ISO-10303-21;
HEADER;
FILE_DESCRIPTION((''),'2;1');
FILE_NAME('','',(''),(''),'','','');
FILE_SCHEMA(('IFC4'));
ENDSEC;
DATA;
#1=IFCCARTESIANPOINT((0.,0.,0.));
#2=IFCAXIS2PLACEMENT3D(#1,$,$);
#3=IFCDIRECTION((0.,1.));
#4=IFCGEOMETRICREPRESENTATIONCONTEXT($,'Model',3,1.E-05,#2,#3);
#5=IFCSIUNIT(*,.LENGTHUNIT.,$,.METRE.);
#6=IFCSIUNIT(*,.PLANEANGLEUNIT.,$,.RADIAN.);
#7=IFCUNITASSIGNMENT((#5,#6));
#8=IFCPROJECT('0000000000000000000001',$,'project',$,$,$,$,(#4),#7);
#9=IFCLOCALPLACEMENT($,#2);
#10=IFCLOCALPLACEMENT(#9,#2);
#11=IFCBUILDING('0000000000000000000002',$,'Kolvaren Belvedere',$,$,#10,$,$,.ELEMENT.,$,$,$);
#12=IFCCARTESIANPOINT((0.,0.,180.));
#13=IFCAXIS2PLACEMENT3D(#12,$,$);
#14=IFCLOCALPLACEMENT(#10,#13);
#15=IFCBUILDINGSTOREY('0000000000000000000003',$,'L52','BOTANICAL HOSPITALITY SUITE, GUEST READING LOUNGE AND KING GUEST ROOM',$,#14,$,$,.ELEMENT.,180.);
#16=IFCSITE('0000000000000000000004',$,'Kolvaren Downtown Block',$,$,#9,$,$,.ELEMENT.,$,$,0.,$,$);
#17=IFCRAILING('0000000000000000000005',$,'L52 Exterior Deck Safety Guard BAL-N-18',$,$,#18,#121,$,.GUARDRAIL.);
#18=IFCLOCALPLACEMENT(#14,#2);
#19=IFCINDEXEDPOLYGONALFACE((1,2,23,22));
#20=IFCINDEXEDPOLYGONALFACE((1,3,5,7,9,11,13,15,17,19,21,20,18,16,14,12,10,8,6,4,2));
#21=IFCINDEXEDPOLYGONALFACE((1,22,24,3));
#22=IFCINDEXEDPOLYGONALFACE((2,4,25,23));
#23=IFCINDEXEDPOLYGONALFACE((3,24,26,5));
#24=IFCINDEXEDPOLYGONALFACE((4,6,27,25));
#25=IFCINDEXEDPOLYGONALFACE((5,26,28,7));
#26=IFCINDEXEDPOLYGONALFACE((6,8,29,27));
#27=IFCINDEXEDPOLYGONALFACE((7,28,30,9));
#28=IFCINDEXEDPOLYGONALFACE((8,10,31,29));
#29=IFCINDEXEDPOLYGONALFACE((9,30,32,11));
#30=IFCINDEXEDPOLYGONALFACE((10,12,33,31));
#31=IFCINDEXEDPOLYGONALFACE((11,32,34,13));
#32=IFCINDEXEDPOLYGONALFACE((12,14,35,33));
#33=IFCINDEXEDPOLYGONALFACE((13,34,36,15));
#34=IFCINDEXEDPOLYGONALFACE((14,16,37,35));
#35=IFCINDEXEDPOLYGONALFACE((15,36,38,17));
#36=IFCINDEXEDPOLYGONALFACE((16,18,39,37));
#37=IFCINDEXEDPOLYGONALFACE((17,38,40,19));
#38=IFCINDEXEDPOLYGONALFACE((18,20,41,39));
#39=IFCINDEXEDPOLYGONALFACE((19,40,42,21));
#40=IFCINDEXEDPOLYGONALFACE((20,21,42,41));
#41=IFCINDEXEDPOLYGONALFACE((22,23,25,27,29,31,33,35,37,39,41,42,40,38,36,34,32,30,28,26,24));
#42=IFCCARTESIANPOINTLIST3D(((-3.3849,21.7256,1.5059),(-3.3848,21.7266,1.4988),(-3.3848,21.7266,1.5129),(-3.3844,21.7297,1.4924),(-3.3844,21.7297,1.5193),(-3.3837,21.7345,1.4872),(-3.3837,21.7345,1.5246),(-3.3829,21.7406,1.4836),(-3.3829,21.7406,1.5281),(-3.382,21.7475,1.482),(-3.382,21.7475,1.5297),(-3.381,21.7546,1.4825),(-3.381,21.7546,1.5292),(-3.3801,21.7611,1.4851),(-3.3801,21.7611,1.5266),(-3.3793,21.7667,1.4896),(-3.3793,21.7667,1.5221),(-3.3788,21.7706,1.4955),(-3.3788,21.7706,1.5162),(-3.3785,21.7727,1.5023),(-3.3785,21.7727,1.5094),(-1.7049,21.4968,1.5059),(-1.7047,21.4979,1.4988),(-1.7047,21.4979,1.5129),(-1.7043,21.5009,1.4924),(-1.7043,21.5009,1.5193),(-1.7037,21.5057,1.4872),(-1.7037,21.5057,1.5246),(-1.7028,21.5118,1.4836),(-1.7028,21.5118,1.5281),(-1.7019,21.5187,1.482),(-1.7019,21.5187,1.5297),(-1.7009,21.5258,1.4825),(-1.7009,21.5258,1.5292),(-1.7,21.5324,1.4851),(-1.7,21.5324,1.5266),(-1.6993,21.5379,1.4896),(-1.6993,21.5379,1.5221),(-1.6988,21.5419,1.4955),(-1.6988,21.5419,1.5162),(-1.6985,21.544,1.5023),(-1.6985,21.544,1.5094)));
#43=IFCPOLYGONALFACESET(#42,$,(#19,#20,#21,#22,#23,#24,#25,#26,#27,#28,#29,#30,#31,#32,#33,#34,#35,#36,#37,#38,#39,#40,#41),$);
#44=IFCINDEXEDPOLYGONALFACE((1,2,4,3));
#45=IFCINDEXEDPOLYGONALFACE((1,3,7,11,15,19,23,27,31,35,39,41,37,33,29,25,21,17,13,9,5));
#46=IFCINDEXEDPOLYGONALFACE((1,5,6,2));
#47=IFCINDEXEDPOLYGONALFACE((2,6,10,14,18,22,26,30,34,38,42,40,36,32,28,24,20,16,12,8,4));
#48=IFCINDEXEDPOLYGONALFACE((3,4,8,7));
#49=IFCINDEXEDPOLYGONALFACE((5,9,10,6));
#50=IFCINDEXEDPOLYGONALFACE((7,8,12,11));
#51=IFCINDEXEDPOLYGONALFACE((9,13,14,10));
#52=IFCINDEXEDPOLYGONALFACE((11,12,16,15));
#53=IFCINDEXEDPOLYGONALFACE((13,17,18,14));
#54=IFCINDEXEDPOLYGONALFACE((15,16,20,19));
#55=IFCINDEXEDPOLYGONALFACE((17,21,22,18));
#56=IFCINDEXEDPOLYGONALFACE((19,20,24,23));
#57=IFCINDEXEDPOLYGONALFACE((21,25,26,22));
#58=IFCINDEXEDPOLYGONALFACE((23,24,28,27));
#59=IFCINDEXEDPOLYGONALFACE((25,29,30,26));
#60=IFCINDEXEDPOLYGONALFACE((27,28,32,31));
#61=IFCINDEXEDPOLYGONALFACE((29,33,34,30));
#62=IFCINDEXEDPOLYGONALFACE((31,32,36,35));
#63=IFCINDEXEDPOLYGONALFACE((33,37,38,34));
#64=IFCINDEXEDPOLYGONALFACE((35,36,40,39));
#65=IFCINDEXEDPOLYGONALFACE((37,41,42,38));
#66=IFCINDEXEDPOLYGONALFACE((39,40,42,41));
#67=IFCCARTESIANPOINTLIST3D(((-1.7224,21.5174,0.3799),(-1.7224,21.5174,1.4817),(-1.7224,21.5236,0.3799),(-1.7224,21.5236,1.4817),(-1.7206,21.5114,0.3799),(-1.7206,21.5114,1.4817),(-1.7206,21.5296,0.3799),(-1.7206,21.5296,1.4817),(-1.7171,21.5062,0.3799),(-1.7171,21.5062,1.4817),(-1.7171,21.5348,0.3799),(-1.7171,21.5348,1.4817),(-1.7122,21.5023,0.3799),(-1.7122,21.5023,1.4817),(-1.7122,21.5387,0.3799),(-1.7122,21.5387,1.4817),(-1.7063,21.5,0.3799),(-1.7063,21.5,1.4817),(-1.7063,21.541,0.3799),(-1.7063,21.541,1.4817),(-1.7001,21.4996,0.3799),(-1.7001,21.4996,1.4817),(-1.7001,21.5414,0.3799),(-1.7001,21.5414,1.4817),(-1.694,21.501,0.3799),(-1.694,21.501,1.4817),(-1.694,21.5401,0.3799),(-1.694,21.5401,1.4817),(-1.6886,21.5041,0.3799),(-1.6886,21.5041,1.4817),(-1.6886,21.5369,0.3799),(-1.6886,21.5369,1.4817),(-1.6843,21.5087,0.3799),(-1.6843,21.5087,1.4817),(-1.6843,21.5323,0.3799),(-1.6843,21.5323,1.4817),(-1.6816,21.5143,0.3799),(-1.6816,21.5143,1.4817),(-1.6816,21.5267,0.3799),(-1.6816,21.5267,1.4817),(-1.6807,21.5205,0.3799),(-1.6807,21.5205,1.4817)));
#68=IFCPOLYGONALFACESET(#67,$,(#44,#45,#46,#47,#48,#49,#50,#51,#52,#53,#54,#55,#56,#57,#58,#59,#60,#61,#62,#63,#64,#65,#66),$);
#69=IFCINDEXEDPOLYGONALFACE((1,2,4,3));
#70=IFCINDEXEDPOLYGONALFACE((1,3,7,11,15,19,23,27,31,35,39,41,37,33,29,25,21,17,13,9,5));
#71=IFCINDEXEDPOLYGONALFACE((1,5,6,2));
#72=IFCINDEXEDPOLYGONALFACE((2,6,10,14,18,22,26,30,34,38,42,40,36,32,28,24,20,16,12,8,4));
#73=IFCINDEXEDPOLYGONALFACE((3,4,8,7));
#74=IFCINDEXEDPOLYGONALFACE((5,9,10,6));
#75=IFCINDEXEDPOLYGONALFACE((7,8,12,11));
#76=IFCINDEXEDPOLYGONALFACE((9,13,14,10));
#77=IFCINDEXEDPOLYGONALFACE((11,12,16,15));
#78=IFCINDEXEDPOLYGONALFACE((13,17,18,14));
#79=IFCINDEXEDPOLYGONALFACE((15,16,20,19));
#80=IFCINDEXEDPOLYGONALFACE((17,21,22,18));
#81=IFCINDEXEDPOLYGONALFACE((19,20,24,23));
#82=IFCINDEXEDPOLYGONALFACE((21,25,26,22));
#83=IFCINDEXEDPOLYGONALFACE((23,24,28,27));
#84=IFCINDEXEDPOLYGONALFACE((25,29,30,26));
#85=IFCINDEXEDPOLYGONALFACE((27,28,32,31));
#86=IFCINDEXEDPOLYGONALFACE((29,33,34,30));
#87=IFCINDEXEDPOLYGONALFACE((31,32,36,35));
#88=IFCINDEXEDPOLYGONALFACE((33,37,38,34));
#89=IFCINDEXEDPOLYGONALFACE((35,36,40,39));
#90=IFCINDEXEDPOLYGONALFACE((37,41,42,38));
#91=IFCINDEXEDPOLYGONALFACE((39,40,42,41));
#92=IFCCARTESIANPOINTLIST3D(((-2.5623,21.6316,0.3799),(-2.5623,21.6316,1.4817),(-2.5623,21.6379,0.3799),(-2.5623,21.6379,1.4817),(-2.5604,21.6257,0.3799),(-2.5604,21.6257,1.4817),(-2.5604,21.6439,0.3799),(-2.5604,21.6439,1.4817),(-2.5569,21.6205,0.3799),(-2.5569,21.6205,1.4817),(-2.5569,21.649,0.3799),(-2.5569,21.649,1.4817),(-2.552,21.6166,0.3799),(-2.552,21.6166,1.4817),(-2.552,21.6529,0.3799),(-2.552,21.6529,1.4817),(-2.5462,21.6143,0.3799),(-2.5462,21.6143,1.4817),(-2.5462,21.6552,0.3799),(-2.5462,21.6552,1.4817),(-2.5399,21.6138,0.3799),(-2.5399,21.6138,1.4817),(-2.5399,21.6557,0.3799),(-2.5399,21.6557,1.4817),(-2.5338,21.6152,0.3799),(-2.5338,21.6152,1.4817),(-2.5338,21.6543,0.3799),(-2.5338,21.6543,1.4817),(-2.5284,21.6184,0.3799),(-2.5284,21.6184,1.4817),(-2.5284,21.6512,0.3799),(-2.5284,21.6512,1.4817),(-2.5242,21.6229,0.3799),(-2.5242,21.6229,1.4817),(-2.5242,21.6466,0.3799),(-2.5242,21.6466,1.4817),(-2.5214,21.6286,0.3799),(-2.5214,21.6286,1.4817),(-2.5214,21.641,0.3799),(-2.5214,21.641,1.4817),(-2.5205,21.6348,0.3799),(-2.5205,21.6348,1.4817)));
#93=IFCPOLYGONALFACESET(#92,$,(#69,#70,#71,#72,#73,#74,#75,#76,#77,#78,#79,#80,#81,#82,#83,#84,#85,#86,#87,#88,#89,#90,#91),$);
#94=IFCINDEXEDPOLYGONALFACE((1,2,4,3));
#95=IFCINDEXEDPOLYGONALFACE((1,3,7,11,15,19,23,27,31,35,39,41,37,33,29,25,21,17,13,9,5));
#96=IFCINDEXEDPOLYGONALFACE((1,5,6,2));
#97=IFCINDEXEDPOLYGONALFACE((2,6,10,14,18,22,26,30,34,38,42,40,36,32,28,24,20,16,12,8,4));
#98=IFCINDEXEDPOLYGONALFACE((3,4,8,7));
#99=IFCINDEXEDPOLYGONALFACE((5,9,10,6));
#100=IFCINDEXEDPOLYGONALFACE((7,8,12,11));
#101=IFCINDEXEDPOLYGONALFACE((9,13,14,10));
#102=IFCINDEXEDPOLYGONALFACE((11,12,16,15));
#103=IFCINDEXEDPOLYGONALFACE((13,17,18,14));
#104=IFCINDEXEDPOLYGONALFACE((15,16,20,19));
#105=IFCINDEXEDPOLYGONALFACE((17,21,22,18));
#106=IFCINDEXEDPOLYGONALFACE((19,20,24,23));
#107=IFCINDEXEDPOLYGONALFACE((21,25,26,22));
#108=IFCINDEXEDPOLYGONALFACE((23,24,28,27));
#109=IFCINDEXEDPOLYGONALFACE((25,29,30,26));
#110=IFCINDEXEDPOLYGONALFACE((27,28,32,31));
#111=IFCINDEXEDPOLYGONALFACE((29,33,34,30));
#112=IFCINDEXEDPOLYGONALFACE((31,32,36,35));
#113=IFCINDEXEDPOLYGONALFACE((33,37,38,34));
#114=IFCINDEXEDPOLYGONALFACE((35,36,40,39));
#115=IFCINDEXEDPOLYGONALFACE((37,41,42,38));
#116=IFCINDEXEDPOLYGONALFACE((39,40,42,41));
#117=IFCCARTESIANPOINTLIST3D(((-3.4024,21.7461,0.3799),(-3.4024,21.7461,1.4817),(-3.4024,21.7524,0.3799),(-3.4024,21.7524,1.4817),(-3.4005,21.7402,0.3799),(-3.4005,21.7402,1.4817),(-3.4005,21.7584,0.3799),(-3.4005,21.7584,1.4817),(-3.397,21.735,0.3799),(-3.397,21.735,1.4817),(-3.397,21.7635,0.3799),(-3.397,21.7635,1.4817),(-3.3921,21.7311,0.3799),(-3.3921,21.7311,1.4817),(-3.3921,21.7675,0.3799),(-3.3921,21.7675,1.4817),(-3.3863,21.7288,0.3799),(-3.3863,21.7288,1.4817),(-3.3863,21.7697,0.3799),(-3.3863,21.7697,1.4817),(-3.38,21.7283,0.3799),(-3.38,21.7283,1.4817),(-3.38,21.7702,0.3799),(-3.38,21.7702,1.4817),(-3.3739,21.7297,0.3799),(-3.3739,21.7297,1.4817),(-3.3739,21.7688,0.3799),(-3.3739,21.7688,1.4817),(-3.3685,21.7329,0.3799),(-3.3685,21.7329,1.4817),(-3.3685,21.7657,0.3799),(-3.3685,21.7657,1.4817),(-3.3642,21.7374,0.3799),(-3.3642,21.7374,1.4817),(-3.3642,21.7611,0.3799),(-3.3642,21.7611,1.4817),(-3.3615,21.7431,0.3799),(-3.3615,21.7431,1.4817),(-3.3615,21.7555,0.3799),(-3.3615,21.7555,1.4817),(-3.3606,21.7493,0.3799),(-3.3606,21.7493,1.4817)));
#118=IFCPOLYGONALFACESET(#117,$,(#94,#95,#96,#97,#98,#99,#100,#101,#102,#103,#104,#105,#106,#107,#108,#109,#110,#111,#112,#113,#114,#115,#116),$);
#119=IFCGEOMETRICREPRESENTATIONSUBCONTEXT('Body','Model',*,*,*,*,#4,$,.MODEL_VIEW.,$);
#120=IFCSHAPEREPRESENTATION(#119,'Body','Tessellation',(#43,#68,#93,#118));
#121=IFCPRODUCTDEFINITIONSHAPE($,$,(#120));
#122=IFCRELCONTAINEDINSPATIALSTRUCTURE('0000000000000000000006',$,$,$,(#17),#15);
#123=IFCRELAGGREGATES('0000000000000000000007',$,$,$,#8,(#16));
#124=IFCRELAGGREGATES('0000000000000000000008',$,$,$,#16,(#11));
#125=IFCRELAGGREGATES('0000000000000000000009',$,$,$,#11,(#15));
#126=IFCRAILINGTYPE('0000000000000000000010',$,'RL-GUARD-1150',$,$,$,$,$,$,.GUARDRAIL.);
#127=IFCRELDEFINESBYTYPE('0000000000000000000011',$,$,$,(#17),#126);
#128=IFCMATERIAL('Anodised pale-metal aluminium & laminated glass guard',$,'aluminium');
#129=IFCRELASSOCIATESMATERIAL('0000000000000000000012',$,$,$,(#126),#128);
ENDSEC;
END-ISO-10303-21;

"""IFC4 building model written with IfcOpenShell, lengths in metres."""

from ifc_helpers import new_model, si_unit, direction, frame, origin, origin_2d, place, context, subcontext, project, spatial, circle, extrude, material, type_object, element, save


model = new_model("IFC4")

# Units and contexts
model_context = context("Model", 3, precision=1e-05, world=origin(), true_north=direction((0.0, 1.0)))
body_context = subcontext(model_context, "Body", "Model", "MODEL_VIEW")
ifc_project = project(units=[si_unit("LENGTHUNIT", "METRE"), si_unit("PLANEANGLEUNIT", "RADIAN")], contexts=[model_context])

# Site, building, storey
site_placement = place(None, origin())
site = spatial("IfcSite", under=ifc_project, at=site_placement, Name="Kolvaren Downtown Block", CompositionType="ELEMENT", RefElevation=0.0)
building_placement = place(site_placement, origin())
building = spatial("IfcBuilding", under=site, at=building_placement, Name="Kolvaren Belvedere", CompositionType="ELEMENT")
storey_placement = place(building_placement, frame((0.0, 0.0, 180.0)))
storey = spatial("IfcBuildingStorey", under=building, at=storey_placement, Name="L52", Description="BOTANICAL HOSPITALITY SUITE, GUEST READING LOUNGE AND KING GUEST ROOM", CompositionType="ELEMENT", Elevation=180.0)

# Railing
ifc_material_1 = material(Name="Anodised pale-metal aluminium & laminated glass guard", Category="aluminium")
railing_type = type_object("IfcRailingType", Name="RL-GUARD-1150", PredefinedType="GUARDRAIL", material=ifc_material_1)
railing_1_placement = place(storey_placement, frame((-1.7017, 21.5205, 0.3799)))
element("IfcRailing", 1, at=railing_1_placement, inside=storey, type_object=railing_type, Name="L52 Exterior Deck Safety Guard BAL-N-18", PredefinedType="GUARDRAIL", context=body_context, shape_type="SweptSolid", body=[
    extrude(circle(Radius=0.0239, at=origin_2d()), frame((0.0, 0.0, 1.126), z_axis=(-0.990856, 0.134927, 0.0), x_axis=(-0.134927, -0.990856, 0.0)), (0.0, 0.0, 1.0), 1.6956),
    extrude(circle(Radius=0.021, at=origin_2d()), origin(), (0.0, 0.0, 1.0), 1.1018),
    extrude(circle(Radius=0.021, at=origin_2d()), frame((-0.8398, 0.1143, 0.0)), (0.0, 0.0, 1.0), 1.1018),
    extrude(circle(Radius=0.021, at=origin_2d()), frame((-1.6799, 0.2288, 0.0)), (0.0, 0.0, 1.0), 1.1018),
])

save(model, "model.ifc")
